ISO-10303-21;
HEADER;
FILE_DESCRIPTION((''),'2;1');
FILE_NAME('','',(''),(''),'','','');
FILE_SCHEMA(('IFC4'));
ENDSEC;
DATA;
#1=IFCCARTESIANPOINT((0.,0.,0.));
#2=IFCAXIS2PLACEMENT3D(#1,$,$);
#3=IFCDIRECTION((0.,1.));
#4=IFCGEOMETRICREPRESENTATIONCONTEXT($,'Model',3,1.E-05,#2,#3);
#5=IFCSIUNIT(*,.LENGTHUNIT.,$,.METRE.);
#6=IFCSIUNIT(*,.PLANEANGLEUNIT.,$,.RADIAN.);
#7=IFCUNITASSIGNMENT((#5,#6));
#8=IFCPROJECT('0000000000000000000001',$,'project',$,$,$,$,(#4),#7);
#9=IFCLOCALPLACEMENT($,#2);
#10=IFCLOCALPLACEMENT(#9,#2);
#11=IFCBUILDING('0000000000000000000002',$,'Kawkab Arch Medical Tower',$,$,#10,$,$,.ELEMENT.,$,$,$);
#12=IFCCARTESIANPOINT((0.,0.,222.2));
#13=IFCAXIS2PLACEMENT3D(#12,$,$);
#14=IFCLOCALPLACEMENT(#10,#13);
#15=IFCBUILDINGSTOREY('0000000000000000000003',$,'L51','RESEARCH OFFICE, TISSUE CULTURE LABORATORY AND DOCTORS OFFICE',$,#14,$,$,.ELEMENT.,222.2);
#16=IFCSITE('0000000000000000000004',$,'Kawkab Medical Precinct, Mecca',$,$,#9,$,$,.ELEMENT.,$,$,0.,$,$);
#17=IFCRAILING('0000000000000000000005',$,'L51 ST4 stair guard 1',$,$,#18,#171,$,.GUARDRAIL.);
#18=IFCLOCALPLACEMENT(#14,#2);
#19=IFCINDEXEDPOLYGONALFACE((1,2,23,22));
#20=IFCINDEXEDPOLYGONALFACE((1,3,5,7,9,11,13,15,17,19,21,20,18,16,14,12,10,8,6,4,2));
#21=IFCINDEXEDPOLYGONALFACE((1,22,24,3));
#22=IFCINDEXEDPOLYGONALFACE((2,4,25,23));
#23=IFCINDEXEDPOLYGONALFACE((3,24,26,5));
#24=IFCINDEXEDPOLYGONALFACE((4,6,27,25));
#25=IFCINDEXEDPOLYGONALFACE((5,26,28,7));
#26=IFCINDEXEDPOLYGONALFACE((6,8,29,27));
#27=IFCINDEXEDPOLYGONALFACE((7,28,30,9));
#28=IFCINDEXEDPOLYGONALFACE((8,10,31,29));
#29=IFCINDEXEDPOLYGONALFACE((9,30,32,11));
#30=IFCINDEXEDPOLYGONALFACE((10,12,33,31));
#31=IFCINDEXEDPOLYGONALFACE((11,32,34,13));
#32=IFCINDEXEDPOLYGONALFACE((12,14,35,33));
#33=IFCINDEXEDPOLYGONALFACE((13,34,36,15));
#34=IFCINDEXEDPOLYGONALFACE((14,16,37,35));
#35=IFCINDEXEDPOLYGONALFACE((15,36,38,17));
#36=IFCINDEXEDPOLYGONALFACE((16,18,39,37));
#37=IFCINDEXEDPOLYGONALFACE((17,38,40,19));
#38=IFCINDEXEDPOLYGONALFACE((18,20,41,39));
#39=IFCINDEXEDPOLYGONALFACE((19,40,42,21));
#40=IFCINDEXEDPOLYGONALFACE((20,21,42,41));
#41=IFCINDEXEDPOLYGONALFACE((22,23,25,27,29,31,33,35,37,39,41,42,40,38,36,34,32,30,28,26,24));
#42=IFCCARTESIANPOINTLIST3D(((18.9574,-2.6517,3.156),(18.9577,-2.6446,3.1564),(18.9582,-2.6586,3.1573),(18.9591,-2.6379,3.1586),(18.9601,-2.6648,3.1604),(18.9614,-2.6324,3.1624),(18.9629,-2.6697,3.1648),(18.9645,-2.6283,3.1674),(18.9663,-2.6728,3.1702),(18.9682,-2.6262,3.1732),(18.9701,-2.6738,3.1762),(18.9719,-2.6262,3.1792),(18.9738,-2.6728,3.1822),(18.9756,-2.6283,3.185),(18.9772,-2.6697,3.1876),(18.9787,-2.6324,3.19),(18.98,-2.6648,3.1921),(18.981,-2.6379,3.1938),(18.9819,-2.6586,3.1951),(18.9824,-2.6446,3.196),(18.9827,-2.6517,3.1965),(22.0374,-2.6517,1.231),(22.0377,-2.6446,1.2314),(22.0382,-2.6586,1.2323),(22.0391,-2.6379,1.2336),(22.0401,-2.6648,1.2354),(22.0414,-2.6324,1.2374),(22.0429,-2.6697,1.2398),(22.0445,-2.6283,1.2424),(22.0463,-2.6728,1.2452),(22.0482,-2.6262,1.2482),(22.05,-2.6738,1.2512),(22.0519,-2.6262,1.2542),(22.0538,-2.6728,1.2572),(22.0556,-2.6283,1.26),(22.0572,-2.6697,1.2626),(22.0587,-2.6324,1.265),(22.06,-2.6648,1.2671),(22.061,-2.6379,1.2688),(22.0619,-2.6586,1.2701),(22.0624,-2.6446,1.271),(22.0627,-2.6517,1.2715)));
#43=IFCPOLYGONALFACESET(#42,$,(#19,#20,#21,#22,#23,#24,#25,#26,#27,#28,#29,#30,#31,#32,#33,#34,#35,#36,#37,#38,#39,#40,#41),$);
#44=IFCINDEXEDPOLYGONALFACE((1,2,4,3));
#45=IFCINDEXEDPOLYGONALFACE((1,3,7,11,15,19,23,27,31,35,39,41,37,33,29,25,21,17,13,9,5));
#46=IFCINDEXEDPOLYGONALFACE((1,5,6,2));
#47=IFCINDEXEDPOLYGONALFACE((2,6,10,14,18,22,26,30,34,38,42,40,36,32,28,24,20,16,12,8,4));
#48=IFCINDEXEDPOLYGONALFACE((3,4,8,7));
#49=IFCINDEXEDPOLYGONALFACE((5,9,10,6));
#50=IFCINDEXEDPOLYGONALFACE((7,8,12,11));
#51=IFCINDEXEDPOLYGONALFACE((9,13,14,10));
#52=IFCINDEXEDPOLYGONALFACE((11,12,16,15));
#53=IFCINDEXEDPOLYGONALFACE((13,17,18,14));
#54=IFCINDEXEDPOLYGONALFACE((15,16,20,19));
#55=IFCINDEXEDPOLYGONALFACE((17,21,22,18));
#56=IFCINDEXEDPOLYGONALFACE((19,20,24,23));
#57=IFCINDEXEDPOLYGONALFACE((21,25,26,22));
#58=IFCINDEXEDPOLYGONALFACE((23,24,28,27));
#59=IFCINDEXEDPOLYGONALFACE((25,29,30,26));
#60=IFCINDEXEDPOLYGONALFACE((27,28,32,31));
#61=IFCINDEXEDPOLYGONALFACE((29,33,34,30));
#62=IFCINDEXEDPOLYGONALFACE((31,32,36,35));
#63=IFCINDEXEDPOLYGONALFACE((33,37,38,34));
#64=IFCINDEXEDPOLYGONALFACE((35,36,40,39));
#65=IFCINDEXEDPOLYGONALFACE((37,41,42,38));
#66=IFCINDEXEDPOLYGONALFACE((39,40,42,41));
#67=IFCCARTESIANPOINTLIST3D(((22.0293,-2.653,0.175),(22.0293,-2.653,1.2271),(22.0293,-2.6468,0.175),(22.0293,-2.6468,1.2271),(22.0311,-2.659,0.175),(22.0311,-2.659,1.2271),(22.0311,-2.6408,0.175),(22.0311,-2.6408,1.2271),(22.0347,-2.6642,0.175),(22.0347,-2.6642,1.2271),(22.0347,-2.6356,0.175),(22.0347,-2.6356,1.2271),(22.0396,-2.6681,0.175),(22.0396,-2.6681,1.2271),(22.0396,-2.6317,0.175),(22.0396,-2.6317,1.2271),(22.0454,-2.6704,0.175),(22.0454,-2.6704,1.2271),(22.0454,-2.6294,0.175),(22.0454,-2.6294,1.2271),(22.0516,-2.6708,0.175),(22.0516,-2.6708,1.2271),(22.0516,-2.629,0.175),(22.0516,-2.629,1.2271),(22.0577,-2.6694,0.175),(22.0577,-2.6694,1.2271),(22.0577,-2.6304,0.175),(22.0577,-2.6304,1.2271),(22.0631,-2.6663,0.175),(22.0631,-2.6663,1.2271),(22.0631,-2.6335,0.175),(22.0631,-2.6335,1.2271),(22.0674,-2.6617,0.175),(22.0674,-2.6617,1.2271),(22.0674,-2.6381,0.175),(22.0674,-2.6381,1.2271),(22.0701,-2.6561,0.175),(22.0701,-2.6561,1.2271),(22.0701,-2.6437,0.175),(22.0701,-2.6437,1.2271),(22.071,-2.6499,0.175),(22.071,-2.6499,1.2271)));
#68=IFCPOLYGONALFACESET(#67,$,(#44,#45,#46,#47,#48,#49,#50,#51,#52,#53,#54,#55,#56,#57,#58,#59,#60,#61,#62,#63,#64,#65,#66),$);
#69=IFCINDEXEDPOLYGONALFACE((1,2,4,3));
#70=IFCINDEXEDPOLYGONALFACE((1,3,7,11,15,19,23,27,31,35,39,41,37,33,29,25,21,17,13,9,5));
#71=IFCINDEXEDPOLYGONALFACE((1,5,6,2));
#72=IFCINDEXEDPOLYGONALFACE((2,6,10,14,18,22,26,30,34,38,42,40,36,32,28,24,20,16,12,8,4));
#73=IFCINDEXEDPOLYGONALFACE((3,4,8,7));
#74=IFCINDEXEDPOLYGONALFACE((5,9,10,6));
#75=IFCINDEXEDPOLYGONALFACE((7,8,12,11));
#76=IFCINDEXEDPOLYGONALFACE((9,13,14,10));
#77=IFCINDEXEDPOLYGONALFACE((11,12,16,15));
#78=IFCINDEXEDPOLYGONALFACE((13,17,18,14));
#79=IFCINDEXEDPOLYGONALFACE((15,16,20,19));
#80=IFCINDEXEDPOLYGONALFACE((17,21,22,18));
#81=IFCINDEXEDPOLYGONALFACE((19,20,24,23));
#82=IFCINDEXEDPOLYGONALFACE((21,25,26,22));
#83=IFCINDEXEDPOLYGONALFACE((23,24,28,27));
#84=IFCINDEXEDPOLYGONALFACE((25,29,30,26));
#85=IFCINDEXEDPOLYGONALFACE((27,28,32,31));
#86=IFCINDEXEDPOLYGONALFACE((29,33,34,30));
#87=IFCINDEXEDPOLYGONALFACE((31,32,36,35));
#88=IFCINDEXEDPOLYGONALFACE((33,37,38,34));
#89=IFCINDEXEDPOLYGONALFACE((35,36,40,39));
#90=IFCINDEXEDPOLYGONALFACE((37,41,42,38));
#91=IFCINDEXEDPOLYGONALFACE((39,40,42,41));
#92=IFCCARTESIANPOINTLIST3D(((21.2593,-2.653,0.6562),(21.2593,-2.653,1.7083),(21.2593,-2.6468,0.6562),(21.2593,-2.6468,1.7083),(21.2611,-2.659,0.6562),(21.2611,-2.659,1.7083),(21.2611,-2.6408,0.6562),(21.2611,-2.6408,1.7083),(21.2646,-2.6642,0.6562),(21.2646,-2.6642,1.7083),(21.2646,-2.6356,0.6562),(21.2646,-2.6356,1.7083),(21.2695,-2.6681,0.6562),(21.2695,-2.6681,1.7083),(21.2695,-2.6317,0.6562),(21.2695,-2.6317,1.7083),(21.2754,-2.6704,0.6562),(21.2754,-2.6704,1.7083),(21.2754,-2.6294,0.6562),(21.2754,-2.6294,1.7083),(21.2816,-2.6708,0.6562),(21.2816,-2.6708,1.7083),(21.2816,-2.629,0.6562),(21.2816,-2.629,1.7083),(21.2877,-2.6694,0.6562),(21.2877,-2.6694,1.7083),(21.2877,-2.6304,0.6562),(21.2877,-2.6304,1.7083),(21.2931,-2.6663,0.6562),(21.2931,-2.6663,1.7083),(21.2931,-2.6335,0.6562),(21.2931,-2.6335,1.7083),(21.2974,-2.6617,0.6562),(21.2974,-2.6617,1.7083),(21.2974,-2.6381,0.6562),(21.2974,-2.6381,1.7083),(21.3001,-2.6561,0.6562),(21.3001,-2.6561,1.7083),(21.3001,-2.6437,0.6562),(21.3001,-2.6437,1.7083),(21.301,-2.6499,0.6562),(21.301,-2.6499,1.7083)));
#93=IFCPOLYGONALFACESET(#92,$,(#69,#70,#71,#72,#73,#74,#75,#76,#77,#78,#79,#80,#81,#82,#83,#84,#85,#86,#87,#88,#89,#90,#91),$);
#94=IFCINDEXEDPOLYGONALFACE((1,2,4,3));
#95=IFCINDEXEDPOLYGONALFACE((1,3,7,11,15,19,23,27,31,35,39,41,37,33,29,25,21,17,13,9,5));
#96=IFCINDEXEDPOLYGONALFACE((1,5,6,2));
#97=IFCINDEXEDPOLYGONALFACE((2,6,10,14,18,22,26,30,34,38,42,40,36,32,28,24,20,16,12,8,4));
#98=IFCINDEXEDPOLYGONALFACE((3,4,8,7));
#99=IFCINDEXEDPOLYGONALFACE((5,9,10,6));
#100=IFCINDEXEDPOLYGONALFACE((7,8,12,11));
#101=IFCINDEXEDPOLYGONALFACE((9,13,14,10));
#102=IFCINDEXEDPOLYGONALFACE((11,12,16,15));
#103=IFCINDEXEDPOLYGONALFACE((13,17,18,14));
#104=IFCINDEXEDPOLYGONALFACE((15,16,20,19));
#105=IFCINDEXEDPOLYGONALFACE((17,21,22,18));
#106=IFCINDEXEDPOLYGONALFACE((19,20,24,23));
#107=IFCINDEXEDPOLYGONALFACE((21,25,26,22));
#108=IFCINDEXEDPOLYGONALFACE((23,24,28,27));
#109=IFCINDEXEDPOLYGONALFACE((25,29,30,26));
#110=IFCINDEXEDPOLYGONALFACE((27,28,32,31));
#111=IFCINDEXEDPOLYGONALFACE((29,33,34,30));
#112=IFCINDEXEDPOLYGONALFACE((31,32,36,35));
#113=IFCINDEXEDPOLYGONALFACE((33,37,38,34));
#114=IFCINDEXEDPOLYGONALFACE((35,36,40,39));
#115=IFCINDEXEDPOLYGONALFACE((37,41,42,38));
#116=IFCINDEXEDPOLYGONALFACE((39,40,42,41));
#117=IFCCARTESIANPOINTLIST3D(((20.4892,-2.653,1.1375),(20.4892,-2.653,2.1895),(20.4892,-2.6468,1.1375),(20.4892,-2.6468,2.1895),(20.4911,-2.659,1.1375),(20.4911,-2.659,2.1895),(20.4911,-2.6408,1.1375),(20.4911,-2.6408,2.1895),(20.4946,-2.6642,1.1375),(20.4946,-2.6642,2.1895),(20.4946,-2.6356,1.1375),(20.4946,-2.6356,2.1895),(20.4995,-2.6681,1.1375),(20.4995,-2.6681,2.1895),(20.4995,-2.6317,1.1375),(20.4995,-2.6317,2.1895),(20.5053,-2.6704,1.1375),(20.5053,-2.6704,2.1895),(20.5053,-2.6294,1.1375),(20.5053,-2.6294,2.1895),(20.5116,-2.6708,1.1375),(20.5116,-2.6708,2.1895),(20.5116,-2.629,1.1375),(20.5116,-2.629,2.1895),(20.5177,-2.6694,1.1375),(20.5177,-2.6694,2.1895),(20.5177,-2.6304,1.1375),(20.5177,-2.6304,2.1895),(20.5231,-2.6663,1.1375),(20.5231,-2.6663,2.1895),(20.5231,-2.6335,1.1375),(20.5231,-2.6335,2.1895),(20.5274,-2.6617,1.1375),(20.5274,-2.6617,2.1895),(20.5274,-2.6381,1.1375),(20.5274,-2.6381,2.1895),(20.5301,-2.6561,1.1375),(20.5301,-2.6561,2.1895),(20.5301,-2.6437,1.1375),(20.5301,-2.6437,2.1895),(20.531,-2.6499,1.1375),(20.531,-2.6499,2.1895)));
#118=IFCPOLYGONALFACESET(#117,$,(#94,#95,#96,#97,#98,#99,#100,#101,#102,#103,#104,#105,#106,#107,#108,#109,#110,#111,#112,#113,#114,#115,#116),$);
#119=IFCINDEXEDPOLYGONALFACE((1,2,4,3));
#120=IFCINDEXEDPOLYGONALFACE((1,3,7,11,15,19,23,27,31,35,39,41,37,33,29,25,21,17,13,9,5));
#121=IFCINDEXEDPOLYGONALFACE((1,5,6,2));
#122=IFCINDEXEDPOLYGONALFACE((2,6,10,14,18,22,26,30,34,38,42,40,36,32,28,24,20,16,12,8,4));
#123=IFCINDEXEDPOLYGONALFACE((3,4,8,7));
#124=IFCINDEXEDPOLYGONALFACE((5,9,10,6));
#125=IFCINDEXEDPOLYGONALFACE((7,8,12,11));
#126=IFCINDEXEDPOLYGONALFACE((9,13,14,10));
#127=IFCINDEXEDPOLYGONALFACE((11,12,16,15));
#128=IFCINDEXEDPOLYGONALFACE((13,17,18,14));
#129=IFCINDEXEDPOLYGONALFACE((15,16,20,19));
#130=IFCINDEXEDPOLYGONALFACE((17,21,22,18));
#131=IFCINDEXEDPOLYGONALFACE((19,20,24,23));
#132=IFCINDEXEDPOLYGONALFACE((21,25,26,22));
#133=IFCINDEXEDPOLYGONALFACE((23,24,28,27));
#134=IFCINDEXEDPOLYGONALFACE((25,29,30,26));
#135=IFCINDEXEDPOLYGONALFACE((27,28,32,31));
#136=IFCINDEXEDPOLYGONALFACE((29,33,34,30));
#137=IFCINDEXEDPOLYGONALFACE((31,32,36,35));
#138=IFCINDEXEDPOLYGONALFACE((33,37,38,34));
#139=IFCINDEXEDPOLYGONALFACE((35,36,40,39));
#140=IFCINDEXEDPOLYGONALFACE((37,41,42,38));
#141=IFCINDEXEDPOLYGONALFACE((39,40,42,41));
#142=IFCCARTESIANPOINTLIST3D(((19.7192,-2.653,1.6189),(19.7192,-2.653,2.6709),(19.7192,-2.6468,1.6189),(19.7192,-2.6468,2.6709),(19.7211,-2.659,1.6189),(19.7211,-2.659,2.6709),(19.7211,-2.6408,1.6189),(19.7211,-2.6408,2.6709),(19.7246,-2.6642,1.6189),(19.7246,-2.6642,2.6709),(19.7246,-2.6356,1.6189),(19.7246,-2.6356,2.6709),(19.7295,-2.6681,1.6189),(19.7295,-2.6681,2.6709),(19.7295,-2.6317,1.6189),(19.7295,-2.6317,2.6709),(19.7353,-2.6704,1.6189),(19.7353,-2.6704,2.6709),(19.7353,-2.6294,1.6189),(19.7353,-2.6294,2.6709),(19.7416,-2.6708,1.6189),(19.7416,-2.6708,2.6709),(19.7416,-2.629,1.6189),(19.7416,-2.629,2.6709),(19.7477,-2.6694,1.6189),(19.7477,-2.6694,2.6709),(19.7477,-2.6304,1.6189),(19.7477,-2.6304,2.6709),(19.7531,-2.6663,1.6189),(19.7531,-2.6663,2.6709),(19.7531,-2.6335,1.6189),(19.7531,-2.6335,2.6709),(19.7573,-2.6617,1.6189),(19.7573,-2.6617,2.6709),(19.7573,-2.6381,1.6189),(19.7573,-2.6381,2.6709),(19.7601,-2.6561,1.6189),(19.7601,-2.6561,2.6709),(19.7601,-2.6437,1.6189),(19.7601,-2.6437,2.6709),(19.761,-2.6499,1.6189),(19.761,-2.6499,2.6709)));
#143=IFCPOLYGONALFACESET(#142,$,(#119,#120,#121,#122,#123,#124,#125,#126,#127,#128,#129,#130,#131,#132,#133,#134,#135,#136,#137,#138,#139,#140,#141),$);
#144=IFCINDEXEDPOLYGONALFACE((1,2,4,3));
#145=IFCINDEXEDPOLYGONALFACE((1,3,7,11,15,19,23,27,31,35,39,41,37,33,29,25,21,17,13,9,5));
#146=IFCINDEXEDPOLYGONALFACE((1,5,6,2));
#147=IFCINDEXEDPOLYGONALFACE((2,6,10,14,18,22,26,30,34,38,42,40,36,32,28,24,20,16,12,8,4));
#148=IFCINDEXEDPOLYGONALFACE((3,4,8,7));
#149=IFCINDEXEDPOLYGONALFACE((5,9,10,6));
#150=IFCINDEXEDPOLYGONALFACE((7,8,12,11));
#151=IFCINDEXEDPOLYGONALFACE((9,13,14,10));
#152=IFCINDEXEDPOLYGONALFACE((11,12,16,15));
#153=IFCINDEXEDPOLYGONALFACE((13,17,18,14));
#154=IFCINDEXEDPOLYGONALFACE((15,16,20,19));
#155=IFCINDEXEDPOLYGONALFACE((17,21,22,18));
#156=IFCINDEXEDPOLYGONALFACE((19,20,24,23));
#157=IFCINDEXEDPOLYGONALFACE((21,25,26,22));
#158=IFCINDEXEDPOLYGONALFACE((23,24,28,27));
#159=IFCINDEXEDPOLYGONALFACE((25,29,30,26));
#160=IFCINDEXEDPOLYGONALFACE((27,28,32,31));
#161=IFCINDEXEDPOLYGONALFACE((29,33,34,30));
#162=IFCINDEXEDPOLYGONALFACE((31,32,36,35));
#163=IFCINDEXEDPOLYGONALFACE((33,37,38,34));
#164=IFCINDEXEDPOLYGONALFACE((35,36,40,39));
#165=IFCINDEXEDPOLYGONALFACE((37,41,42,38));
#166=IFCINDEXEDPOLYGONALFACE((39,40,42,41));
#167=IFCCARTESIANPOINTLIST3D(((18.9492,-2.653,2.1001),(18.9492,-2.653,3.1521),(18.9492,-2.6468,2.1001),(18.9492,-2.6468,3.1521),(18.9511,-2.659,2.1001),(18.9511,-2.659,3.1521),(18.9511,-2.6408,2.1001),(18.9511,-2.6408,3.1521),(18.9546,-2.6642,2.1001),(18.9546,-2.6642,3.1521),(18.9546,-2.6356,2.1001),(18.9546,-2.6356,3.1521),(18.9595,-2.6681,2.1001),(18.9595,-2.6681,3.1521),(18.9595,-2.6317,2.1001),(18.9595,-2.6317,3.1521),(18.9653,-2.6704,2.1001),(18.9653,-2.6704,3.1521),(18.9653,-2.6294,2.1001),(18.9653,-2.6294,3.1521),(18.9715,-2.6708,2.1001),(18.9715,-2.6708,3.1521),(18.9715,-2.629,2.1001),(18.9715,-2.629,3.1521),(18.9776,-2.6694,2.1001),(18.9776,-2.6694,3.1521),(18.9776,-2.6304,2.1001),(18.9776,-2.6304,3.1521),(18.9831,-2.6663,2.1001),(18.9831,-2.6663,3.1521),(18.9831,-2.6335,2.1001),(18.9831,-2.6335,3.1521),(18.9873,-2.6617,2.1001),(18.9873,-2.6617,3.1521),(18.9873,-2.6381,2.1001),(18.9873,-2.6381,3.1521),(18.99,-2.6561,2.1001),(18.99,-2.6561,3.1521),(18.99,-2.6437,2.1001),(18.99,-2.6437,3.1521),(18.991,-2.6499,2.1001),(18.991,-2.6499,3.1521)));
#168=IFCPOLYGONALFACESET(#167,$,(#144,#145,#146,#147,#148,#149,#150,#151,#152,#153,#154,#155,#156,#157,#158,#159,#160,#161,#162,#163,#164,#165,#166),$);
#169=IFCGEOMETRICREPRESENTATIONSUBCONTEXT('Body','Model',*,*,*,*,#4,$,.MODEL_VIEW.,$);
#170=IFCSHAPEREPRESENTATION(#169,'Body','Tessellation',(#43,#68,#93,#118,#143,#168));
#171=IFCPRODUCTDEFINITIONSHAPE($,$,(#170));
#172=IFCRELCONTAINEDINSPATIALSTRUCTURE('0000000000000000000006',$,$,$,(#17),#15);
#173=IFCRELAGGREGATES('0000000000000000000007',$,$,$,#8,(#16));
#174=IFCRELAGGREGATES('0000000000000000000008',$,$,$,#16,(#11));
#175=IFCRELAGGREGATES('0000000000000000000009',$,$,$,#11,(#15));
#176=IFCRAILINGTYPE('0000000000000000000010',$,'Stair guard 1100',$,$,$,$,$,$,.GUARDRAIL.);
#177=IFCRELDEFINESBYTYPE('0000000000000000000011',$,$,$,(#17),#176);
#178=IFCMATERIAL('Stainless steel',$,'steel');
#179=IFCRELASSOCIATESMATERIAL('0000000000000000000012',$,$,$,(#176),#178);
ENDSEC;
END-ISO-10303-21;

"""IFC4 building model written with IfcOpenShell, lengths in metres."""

from ifc_helpers import new_model, si_unit, direction, frame, origin, origin_2d, place, context, subcontext, project, spatial, circle, extrude, material, type_object, element, save


model = new_model("IFC4")

# Units and contexts
model_context = context("Model", 3, precision=1e-05, world=origin(), true_north=direction((0.0, 1.0)))
body_context = subcontext(model_context, "Body", "Model", "MODEL_VIEW")
ifc_project = project(units=[si_unit("LENGTHUNIT", "METRE"), si_unit("PLANEANGLEUNIT", "RADIAN")], contexts=[model_context])

# Site, building, storey
site_placement = place(None, origin())
site = spatial("IfcSite", under=ifc_project, at=site_placement, Name="Kawkab Medical Precinct, Mecca", CompositionType="ELEMENT", RefElevation=0.0)
building_placement = place(site_placement, origin())
building = spatial("IfcBuilding", under=site, at=building_placement, Name="Kawkab Arch Medical Tower", CompositionType="ELEMENT")
storey_placement = place(building_placement, frame((0.0, 0.0, 222.2)))
storey = spatial("IfcBuildingStorey", under=building, at=storey_placement, Name="L51", Description="RESEARCH OFFICE, TISSUE CULTURE LABORATORY AND DOCTORS OFFICE", CompositionType="ELEMENT", Elevation=222.2)

# Railing
ifc_material_1 = material(Name="Stainless steel", Category="steel")
railing_type_1 = type_object("IfcRailingType", Name="Stair guard 1100", PredefinedType="GUARDRAIL", material=ifc_material_1)
railing_1_placement = place(storey_placement, frame((22.05, -2.6499, 0.175)))
element("IfcRailing", 1, at=railing_1_placement, inside=storey, type_object=railing_type_1, Name="L51 ST4 stair guard 1", PredefinedType="GUARDRAIL", context=body_context, shape_type="SweptSolid", body=[
    extrude(circle(Radius=0.0239, at=origin_2d()), frame((0.0, 0.0, 1.0762), z_axis=(-0.847998, 0.0, 0.529999), x_axis=(0.0, -1.0, 0.0)), (0.0, 0.0, 1.0), 3.6321),
    extrude(circle(Radius=0.021, at=origin_2d()), origin(), (0.0, 0.0, 1.0), 1.052),
    extrude(circle(Radius=0.021, at=origin_2d()), frame((-0.77, 0.0, 0.4812)), (0.0, 0.0, 1.0), 1.052),
    extrude(circle(Radius=0.021, at=origin_2d()), frame((-1.54, 0.0, 0.9624)), (0.0, 0.0, 1.0), 1.052),
    extrude(circle(Radius=0.021, at=origin_2d()), frame((-2.3101, 0.0, 1.4438)), (0.0, 0.0, 1.0), 1.052),
    extrude(circle(Radius=0.021, at=origin_2d()), frame((-3.0801, 0.0, 1.925)), (0.0, 0.0, 1.0), 1.052),
])

save(model, "model.ifc")
